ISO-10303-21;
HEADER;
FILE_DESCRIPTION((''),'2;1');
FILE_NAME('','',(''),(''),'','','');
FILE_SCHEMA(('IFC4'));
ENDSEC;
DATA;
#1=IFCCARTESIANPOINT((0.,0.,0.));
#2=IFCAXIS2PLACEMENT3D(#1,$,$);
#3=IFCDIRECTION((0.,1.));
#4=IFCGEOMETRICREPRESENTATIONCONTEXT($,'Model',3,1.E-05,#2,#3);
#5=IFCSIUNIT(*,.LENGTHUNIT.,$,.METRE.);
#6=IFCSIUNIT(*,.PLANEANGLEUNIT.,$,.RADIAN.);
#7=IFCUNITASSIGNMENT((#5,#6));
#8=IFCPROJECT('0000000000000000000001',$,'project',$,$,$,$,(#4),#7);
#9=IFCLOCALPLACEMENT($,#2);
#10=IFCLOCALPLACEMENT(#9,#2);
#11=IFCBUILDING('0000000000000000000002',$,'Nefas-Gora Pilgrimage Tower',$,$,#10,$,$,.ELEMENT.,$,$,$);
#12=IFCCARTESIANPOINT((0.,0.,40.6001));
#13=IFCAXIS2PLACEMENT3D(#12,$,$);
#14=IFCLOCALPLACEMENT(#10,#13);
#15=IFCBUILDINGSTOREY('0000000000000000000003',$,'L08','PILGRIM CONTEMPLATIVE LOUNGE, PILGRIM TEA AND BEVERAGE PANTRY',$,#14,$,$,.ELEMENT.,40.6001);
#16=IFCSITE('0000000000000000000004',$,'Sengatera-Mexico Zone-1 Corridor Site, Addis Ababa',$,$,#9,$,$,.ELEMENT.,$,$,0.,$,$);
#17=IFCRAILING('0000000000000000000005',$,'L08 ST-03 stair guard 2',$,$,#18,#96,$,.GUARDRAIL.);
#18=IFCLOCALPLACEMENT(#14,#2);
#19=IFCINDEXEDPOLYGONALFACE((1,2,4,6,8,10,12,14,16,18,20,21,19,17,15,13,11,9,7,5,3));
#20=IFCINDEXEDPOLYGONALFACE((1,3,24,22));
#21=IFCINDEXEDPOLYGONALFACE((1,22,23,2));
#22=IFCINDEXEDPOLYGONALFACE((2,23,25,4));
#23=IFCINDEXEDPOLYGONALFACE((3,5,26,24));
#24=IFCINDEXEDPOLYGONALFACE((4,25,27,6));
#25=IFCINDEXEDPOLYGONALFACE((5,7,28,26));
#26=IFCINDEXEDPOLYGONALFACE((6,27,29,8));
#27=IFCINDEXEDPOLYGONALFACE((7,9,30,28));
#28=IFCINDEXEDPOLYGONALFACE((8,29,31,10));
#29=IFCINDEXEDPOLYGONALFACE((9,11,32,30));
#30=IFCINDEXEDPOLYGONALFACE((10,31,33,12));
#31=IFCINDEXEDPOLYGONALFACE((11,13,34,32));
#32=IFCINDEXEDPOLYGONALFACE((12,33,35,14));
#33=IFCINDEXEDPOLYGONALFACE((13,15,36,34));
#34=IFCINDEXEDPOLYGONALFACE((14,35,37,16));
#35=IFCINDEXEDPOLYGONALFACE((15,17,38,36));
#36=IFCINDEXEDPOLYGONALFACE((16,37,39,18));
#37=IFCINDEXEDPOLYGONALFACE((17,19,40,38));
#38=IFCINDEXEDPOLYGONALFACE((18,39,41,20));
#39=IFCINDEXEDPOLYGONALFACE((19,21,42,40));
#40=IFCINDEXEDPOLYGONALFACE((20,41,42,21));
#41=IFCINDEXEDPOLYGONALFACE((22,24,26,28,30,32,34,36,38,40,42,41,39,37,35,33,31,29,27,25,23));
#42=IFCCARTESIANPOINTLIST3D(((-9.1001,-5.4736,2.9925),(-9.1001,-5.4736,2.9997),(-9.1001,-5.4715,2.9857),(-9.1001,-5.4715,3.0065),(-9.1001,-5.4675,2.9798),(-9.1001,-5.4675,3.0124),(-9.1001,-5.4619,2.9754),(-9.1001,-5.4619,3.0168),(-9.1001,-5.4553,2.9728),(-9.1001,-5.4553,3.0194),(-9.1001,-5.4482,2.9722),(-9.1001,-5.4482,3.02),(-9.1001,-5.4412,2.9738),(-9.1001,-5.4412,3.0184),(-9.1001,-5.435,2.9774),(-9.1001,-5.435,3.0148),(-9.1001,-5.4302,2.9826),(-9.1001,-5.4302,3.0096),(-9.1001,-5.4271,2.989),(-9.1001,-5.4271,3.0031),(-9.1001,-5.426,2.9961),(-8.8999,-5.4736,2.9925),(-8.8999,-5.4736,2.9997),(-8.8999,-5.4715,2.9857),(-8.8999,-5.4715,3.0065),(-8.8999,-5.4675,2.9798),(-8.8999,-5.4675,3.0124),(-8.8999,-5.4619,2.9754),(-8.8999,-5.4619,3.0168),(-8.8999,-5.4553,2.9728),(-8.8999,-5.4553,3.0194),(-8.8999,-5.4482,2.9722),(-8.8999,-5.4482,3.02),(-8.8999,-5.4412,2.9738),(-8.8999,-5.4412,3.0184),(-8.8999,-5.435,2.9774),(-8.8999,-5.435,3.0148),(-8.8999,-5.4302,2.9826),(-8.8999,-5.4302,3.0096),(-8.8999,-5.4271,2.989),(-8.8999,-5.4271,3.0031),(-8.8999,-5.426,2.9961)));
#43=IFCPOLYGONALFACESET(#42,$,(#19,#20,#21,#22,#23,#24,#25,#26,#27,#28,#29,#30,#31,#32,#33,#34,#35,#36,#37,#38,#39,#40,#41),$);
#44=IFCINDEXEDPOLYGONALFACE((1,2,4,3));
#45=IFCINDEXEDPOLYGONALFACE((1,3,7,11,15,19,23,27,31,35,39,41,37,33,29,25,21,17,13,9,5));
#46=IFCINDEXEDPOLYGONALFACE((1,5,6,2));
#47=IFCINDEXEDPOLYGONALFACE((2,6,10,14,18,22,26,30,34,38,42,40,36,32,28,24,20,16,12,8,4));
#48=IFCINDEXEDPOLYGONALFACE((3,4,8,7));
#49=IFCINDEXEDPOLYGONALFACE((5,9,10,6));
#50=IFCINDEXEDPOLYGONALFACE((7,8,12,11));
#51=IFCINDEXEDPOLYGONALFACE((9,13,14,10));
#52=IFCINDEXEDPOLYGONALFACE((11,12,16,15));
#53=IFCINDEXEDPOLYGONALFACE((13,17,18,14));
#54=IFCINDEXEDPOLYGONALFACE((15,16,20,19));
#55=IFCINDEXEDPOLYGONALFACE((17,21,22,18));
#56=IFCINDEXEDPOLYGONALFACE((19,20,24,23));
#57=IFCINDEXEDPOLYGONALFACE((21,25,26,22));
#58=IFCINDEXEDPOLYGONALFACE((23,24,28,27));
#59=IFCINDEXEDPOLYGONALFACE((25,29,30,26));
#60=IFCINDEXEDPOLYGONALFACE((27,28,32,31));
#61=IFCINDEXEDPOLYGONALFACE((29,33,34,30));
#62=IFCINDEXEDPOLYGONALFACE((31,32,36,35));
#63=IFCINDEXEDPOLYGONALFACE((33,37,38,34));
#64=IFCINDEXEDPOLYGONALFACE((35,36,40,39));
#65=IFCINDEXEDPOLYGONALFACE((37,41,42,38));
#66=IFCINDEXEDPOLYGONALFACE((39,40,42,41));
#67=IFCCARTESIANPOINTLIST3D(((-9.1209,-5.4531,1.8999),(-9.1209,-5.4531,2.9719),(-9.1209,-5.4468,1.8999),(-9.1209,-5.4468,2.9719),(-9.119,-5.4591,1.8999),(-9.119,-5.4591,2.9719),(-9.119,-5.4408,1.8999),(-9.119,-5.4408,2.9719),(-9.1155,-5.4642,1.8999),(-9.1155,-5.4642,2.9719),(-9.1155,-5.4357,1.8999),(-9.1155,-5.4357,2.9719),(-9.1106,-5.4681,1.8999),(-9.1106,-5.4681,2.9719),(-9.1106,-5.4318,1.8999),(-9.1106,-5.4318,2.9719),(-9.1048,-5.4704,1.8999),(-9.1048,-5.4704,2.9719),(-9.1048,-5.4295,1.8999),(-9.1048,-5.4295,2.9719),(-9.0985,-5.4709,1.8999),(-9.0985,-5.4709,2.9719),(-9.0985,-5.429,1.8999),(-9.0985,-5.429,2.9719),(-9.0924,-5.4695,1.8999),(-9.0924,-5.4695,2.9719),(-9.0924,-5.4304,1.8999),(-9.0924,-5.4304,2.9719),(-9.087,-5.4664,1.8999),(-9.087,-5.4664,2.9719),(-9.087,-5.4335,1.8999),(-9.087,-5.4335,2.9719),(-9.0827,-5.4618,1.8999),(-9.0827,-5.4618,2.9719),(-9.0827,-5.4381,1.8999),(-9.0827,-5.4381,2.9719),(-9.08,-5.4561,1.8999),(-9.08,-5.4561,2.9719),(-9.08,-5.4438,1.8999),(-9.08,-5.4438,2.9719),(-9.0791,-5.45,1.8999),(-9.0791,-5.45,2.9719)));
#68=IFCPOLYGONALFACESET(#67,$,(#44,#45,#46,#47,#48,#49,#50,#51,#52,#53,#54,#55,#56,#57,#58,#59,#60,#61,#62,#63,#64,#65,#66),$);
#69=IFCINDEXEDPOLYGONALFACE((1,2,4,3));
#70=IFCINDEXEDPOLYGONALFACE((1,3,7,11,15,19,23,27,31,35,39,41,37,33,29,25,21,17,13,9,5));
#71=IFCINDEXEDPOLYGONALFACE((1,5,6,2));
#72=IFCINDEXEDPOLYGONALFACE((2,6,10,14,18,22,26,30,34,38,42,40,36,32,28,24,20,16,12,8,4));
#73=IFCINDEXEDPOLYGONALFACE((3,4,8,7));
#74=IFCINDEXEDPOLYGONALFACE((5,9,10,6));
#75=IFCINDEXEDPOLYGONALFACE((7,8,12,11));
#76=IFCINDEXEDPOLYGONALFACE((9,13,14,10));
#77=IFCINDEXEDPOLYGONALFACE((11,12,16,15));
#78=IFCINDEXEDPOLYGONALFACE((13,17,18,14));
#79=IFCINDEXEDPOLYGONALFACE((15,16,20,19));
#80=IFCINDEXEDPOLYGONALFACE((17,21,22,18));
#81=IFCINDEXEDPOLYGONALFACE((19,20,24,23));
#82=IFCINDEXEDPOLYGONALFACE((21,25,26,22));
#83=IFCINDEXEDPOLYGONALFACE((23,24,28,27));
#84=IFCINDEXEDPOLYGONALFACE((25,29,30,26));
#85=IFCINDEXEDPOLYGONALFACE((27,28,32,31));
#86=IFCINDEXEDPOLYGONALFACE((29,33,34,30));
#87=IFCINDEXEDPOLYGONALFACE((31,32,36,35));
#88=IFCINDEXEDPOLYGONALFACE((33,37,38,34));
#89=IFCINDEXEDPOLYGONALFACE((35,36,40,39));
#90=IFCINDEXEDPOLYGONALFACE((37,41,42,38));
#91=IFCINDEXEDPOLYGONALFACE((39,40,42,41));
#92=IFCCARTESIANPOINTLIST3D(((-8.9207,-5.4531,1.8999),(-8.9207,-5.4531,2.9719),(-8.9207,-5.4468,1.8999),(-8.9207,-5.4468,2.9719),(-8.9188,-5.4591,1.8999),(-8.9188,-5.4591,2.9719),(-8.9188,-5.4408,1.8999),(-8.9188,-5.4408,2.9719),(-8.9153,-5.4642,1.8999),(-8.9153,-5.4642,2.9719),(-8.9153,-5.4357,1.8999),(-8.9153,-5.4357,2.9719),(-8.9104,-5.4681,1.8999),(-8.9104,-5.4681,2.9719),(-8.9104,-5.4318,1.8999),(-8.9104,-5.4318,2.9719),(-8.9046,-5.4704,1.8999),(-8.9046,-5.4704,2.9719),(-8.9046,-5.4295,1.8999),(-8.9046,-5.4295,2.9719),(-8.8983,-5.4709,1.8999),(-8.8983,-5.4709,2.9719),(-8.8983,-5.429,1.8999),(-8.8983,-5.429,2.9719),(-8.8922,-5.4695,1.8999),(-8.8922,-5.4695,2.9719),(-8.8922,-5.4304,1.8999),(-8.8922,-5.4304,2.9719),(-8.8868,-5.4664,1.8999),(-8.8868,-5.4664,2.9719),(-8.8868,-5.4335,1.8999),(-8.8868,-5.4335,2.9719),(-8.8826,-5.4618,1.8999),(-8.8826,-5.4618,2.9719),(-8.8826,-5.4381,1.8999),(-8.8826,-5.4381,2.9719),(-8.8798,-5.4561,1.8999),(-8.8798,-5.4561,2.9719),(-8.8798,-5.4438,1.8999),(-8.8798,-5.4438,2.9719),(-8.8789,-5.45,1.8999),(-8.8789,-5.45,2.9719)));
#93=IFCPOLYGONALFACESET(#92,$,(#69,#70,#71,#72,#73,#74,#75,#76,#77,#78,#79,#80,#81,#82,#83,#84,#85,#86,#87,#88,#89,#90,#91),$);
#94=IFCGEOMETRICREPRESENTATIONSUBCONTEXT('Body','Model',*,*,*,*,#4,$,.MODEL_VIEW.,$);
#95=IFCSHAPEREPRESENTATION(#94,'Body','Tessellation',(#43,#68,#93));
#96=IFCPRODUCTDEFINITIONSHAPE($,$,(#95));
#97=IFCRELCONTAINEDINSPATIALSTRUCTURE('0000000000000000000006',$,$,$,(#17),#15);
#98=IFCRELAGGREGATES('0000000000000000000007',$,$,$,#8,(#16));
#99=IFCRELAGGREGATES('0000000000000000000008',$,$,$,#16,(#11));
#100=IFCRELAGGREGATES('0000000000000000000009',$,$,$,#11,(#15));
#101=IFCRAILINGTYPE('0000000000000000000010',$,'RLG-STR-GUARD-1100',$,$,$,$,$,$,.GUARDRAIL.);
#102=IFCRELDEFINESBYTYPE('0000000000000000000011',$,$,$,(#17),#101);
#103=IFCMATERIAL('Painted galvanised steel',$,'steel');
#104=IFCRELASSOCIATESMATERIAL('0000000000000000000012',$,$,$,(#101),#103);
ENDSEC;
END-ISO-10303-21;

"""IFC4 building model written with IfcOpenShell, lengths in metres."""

from ifc_helpers import new_model, si_unit, direction, frame, origin, origin_2d, place, context, subcontext, project, spatial, circle, extrude, material, type_object, element, save


model = new_model("IFC4")

# Units and contexts
model_context = context("Model", 3, precision=1e-05, world=origin(), true_north=direction((0.0, 1.0)))
body_context = subcontext(model_context, "Body", "Model", "MODEL_VIEW")
ifc_project = project(units=[si_unit("LENGTHUNIT", "METRE"), si_unit("PLANEANGLEUNIT", "RADIAN")], contexts=[model_context])

# Site, building, storey
site_placement = place(None, origin())
site = spatial("IfcSite", under=ifc_project, at=site_placement, Name="Sengatera-Mexico Zone-1 Corridor Site, Addis Ababa", CompositionType="ELEMENT", RefElevation=0.0)
building_placement = place(site_placement, origin())
building = spatial("IfcBuilding", under=site, at=building_placement, Name="Nefas-Gora Pilgrimage Tower", CompositionType="ELEMENT")
storey_placement = place(building_placement, frame((0.0, 0.0, 40.6001)))
storey = spatial("IfcBuildingStorey", under=building, at=storey_placement, Name="L08", Description="PILGRIM CONTEMPLATIVE LOUNGE, PILGRIM TEA AND BEVERAGE PANTRY", CompositionType="ELEMENT", Elevation=40.6001)

# Railing
ifc_material_1 = material(Name="Painted galvanised steel", Category="steel")
railing_type_1 = type_object("IfcRailingType", Name="RLG-STR-GUARD-1100", PredefinedType="GUARDRAIL", material=ifc_material_1)
railing_1_placement = place(storey_placement, frame((-9.1001, -5.45, 1.8999)))
element("IfcRailing", 1, at=railing_1_placement, inside=storey, type_object=railing_type_1, Name="L08 ST-03 stair guard 2", PredefinedType="GUARDRAIL", context=body_context, shape_type="SweptSolid", body=[
    extrude(circle(Radius=0.0239, at=origin_2d()), frame((0.0, 0.0, 1.0962), z_axis=(1.0, 0.0, 0.0), x_axis=(0.0, 1.0, 0.0)), (0.0, 0.0, 1.0), 0.2002),
    extrude(circle(Radius=0.021, at=origin_2d()), origin(), (0.0, 0.0, 1.0), 1.072),
    extrude(circle(Radius=0.021, at=origin_2d()), frame((0.2002, 0.0, 0.0)), (0.0, 0.0, 1.0), 1.072),
])

save(model, "model.ifc")
